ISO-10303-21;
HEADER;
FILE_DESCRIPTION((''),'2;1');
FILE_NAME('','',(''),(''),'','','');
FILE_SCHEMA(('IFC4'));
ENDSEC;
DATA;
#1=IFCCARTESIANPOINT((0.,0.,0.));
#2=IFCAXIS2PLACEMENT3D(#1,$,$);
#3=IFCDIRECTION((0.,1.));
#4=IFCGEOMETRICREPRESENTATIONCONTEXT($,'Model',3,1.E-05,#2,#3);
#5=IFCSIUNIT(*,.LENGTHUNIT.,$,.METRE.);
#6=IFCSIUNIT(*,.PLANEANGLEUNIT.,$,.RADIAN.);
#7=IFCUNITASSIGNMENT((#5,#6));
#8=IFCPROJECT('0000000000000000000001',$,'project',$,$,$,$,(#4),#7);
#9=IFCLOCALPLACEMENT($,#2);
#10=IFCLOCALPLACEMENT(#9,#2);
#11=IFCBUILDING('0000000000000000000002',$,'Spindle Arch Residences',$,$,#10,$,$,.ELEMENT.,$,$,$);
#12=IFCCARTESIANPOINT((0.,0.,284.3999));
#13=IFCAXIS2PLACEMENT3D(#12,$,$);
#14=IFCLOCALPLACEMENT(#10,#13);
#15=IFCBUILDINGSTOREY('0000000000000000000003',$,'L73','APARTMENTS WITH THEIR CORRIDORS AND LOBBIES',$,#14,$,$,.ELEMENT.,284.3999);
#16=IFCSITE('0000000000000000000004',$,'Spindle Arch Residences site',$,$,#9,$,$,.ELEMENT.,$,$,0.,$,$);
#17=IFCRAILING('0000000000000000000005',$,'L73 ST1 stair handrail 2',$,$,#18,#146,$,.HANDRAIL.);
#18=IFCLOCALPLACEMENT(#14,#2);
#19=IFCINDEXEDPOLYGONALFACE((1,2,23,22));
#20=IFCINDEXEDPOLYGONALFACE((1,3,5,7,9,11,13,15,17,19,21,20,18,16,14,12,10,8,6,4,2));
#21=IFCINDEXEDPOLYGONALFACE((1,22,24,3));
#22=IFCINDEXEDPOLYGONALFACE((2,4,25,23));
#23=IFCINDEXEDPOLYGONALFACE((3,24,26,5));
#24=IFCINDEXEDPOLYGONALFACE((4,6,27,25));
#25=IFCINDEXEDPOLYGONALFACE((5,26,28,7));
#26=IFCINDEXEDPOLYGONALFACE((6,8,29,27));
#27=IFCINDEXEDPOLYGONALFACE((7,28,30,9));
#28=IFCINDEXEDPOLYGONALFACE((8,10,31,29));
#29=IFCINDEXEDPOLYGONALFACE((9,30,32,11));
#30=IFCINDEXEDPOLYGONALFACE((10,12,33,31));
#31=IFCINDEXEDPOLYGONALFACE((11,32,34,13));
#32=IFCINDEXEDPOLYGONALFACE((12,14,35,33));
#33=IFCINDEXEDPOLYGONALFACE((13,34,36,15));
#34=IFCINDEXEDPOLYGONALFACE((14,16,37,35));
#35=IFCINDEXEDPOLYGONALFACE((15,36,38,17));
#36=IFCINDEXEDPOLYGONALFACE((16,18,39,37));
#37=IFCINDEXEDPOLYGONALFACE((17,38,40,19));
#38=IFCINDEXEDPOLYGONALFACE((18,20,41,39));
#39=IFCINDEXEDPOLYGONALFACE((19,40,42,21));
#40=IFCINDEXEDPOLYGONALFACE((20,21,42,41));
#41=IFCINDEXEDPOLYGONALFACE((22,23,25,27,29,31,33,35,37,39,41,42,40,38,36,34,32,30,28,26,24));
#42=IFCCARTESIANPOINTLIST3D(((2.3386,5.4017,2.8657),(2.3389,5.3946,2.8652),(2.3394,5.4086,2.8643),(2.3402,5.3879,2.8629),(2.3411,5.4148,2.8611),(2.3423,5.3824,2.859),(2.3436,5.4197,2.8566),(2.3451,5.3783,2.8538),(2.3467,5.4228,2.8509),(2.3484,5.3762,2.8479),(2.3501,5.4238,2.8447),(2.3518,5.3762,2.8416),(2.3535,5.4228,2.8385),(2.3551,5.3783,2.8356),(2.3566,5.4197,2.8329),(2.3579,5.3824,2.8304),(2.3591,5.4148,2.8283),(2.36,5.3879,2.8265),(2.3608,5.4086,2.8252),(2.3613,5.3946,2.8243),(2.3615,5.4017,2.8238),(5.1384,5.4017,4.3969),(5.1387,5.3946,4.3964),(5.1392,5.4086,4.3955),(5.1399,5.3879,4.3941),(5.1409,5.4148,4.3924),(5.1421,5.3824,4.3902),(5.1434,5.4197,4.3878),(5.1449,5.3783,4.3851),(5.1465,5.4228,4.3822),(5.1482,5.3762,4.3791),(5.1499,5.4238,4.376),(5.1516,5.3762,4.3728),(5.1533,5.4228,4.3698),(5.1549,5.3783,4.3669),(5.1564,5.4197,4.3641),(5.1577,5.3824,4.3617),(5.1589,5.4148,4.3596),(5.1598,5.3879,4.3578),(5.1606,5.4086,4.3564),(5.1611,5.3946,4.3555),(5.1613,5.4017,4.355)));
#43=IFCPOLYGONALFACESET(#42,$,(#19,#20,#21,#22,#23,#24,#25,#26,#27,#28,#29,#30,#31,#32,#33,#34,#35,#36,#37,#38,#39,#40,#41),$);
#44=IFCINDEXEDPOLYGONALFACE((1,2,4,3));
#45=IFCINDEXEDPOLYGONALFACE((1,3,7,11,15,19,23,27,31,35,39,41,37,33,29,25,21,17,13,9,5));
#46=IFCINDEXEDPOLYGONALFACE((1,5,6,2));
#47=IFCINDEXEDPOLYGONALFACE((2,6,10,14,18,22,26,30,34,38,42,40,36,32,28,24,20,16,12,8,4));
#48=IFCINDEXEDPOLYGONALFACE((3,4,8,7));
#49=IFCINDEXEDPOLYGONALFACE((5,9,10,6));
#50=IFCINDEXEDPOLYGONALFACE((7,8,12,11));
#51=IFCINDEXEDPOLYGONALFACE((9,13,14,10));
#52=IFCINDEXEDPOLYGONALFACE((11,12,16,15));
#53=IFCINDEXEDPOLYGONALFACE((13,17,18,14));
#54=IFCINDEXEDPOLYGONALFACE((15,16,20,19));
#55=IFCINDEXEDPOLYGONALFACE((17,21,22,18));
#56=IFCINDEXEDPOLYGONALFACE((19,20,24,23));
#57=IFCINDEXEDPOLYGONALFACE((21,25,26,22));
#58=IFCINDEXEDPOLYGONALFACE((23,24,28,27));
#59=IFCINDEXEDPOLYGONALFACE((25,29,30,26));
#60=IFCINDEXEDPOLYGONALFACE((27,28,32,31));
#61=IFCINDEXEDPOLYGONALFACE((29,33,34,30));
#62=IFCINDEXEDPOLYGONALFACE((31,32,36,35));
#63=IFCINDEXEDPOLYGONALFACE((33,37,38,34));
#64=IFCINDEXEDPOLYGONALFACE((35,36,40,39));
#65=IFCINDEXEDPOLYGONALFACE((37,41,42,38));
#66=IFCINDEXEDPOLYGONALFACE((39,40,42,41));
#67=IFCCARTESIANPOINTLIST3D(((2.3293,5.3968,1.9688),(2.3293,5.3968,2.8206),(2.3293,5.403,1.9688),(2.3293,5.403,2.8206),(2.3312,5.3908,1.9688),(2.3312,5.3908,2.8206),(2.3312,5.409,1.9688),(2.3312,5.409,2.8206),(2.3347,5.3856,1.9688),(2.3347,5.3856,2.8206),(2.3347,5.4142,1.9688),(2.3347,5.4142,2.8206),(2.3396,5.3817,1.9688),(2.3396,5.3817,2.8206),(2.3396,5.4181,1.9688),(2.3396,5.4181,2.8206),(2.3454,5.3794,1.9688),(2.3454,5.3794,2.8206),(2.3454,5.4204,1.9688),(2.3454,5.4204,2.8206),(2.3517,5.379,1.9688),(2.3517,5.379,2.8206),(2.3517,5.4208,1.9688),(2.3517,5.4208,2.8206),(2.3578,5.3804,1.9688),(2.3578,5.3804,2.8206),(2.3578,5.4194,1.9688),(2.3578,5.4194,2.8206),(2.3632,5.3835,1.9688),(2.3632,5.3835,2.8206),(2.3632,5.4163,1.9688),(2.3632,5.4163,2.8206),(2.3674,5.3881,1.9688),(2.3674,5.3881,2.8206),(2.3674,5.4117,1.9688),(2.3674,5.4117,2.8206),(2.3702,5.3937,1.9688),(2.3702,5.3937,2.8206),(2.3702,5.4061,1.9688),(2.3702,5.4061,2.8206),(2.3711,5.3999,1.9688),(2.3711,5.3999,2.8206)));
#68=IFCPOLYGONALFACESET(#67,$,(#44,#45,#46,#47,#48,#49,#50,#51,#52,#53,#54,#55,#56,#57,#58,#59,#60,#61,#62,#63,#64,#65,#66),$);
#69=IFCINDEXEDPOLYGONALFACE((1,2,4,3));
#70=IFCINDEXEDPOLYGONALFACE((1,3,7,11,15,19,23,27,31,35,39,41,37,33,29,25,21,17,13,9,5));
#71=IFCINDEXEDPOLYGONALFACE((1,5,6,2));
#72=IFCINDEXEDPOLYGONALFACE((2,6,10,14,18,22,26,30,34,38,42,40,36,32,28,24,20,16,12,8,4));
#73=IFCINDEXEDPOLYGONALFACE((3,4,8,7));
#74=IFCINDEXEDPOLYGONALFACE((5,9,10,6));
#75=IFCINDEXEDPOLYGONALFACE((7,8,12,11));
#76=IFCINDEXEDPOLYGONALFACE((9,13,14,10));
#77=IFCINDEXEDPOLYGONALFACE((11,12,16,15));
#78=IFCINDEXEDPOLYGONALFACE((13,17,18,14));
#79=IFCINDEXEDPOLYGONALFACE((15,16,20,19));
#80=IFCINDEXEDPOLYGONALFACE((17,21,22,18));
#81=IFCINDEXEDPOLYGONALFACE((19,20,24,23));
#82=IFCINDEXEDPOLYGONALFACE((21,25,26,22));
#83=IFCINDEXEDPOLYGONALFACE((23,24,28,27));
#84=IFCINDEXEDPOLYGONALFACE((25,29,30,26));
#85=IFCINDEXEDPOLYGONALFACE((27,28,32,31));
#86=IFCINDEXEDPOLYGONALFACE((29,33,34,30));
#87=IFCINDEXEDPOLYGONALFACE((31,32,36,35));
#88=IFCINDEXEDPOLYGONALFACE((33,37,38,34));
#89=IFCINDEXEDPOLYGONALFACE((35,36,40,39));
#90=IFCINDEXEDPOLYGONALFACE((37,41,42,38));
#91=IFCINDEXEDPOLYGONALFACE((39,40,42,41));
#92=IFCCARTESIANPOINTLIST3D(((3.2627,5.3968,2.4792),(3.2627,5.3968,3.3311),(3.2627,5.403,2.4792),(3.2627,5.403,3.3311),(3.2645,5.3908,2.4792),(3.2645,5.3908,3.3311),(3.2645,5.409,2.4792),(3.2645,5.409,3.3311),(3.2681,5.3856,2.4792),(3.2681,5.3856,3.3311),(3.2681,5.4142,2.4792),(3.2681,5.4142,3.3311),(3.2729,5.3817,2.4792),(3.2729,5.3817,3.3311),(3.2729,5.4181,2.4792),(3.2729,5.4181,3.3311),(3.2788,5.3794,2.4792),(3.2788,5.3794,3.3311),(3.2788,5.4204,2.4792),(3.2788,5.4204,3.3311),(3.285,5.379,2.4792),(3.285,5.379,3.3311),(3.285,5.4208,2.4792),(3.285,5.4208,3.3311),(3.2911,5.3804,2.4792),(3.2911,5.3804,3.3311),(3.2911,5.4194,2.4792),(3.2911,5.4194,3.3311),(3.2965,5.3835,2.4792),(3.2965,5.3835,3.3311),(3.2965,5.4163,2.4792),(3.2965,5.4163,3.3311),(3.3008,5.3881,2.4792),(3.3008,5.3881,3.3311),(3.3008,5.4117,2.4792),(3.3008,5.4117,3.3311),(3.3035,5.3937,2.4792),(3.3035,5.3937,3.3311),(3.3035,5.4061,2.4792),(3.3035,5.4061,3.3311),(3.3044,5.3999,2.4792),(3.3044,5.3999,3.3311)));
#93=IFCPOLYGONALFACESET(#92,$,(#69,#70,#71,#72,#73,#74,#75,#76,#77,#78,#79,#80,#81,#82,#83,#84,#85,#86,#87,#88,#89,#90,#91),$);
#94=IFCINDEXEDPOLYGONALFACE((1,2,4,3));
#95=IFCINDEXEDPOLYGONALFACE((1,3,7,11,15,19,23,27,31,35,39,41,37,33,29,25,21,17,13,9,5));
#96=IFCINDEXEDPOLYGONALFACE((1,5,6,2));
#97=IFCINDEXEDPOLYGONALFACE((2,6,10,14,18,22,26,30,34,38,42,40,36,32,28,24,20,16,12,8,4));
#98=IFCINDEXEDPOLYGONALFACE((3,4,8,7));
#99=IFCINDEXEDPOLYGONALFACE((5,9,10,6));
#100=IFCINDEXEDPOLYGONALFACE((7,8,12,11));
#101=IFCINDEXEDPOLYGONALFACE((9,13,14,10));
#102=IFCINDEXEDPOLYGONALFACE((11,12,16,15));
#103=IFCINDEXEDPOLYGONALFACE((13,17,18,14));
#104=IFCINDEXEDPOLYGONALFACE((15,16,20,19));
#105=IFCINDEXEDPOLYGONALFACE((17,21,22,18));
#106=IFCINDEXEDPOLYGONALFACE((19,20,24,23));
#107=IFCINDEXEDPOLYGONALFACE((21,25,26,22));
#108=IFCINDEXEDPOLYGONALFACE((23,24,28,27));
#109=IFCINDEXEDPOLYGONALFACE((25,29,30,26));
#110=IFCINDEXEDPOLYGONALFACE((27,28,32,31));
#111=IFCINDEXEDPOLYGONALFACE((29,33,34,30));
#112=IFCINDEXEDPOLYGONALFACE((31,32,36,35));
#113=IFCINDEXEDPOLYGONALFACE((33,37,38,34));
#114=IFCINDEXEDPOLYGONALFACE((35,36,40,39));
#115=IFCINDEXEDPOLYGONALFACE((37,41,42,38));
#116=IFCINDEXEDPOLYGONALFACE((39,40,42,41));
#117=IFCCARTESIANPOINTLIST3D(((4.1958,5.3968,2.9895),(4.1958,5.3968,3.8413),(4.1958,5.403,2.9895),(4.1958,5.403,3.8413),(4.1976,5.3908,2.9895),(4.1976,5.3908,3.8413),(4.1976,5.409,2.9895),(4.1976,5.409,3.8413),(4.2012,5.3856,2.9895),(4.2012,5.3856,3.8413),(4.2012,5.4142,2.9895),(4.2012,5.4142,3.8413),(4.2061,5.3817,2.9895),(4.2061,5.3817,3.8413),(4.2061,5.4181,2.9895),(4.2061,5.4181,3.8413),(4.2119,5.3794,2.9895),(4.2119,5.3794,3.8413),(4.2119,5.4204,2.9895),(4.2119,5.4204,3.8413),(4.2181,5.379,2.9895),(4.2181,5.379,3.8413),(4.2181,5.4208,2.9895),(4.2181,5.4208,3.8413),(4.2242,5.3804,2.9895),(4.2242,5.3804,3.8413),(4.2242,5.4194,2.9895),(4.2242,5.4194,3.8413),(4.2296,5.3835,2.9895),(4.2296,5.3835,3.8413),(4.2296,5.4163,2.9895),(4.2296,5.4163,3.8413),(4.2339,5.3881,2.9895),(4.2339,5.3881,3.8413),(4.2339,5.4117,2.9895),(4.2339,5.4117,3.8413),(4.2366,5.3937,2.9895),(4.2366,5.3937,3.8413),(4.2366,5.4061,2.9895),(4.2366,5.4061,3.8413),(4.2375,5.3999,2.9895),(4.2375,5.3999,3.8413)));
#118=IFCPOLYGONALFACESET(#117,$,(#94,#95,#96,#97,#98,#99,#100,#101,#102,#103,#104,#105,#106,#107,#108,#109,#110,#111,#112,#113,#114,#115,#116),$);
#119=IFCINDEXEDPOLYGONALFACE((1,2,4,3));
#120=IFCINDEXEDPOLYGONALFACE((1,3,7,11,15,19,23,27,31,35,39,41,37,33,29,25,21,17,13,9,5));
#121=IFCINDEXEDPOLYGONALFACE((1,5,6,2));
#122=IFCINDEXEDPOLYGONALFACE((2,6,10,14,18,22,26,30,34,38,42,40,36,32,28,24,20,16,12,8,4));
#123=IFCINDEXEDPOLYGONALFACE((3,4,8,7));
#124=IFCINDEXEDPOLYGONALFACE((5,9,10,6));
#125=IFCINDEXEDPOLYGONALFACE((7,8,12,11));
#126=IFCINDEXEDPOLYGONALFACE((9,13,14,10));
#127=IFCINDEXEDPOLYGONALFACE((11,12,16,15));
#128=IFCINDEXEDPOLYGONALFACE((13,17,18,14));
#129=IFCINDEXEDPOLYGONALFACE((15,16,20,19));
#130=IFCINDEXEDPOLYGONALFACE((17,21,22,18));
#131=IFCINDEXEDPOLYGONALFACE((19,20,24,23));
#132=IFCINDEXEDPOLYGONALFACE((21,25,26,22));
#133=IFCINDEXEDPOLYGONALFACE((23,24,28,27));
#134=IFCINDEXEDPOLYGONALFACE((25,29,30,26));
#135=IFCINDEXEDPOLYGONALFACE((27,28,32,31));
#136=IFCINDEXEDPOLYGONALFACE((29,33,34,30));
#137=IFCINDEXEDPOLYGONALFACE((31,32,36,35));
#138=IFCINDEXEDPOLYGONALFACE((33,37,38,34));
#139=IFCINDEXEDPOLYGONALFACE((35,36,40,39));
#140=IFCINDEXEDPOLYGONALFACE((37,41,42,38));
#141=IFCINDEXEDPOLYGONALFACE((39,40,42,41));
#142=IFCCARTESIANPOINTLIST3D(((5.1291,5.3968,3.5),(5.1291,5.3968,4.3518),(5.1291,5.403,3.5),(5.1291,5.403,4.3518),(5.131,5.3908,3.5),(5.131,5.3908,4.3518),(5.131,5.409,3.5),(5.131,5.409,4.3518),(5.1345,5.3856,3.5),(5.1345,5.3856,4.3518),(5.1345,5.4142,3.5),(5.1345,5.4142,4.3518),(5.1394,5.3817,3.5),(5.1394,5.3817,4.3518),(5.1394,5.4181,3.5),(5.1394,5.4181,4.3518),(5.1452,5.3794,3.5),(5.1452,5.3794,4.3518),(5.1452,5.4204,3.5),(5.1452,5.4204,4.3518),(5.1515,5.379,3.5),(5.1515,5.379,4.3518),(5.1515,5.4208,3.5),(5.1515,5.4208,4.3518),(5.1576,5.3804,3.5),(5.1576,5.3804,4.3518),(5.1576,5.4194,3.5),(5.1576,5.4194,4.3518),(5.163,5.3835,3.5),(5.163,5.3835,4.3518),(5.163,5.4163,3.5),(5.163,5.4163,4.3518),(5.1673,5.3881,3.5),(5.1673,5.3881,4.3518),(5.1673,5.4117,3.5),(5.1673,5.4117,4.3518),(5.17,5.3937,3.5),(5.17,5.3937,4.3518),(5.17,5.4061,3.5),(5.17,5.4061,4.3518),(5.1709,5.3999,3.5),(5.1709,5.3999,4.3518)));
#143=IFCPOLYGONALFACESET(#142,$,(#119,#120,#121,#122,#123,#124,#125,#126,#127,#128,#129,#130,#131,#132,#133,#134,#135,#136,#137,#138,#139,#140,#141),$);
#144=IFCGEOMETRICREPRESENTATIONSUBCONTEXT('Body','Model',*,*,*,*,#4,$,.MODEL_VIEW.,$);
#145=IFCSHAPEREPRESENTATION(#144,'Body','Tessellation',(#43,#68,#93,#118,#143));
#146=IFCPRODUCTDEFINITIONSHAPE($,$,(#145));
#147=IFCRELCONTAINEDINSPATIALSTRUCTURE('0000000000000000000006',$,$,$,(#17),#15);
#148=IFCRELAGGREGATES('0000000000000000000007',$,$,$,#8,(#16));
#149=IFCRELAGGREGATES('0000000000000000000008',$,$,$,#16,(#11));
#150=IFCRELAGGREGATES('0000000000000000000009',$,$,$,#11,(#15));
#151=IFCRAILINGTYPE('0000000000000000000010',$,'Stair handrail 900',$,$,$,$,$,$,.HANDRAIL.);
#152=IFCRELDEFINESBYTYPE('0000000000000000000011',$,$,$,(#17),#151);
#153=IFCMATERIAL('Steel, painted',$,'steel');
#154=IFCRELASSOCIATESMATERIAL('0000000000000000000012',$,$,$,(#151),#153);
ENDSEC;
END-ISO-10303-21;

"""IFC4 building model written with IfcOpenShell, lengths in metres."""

from ifc_helpers import new_model, si_unit, direction, frame, origin, origin_2d, place, context, subcontext, project, spatial, circle, extrude, material, type_object, element, save


model = new_model("IFC4")

# Units and contexts
model_context = context("Model", 3, precision=1e-05, world=origin(), true_north=direction((0.0, 1.0)))
body_context = subcontext(model_context, "Body", "Model", "MODEL_VIEW")
ifc_project = project(units=[si_unit("LENGTHUNIT", "METRE"), si_unit("PLANEANGLEUNIT", "RADIAN")], contexts=[model_context])

# Site, building, storey
site_placement = place(None, origin())
site = spatial("IfcSite", under=ifc_project, at=site_placement, Name="Spindle Arch Residences site", CompositionType="ELEMENT", RefElevation=0.0)
building_placement = place(site_placement, origin())
building = spatial("IfcBuilding", under=site, at=building_placement, Name="Spindle Arch Residences", CompositionType="ELEMENT")
storey_placement = place(building_placement, frame((0.0, 0.0, 284.3999)))
storey = spatial("IfcBuildingStorey", under=building, at=storey_placement, Name="L73", Description="APARTMENTS WITH THEIR CORRIDORS AND LOBBIES", CompositionType="ELEMENT", Elevation=284.3999)

# Railing
ifc_material_1 = material(Name="Steel, painted", Category="steel")
railing_type_1 = type_object("IfcRailingType", Name="Stair handrail 900", PredefinedType="HANDRAIL", material=ifc_material_1)
railing_1_placement = place(storey_placement, frame((2.3501, 5.3999, 1.9688)))
element("IfcRailing", 1, at=railing_1_placement, inside=storey, type_object=railing_type_1, Name="L73 ST1 stair handrail 2", PredefinedType="HANDRAIL", context=body_context, shape_type="SweptSolid", body=[
    extrude(circle(Radius=0.0239, at=origin_2d()), frame((0.0, 0.0, 0.876), z_axis=(0.877357, 0.0, 0.479838), x_axis=(0.0, 1.0, 0.0)), (0.0, 0.0, 1.0), 3.1912),
    extrude(circle(Radius=0.021, at=origin_2d()), origin(), (0.0, 0.0, 1.0), 0.8518),
    extrude(circle(Radius=0.021, at=origin_2d()), frame((0.9333, 0.0, 0.5105)), (0.0, 0.0, 1.0), 0.8518),
    extrude(circle(Radius=0.021, at=origin_2d()), frame((1.8665, 0.0, 1.0208)), (0.0, 0.0, 1.0), 0.8518),
    extrude(circle(Radius=0.021, at=origin_2d()), frame((2.7998, 0.0, 1.5312)), (0.0, 0.0, 1.0), 0.8518),
])

save(model, "model.ifc")
